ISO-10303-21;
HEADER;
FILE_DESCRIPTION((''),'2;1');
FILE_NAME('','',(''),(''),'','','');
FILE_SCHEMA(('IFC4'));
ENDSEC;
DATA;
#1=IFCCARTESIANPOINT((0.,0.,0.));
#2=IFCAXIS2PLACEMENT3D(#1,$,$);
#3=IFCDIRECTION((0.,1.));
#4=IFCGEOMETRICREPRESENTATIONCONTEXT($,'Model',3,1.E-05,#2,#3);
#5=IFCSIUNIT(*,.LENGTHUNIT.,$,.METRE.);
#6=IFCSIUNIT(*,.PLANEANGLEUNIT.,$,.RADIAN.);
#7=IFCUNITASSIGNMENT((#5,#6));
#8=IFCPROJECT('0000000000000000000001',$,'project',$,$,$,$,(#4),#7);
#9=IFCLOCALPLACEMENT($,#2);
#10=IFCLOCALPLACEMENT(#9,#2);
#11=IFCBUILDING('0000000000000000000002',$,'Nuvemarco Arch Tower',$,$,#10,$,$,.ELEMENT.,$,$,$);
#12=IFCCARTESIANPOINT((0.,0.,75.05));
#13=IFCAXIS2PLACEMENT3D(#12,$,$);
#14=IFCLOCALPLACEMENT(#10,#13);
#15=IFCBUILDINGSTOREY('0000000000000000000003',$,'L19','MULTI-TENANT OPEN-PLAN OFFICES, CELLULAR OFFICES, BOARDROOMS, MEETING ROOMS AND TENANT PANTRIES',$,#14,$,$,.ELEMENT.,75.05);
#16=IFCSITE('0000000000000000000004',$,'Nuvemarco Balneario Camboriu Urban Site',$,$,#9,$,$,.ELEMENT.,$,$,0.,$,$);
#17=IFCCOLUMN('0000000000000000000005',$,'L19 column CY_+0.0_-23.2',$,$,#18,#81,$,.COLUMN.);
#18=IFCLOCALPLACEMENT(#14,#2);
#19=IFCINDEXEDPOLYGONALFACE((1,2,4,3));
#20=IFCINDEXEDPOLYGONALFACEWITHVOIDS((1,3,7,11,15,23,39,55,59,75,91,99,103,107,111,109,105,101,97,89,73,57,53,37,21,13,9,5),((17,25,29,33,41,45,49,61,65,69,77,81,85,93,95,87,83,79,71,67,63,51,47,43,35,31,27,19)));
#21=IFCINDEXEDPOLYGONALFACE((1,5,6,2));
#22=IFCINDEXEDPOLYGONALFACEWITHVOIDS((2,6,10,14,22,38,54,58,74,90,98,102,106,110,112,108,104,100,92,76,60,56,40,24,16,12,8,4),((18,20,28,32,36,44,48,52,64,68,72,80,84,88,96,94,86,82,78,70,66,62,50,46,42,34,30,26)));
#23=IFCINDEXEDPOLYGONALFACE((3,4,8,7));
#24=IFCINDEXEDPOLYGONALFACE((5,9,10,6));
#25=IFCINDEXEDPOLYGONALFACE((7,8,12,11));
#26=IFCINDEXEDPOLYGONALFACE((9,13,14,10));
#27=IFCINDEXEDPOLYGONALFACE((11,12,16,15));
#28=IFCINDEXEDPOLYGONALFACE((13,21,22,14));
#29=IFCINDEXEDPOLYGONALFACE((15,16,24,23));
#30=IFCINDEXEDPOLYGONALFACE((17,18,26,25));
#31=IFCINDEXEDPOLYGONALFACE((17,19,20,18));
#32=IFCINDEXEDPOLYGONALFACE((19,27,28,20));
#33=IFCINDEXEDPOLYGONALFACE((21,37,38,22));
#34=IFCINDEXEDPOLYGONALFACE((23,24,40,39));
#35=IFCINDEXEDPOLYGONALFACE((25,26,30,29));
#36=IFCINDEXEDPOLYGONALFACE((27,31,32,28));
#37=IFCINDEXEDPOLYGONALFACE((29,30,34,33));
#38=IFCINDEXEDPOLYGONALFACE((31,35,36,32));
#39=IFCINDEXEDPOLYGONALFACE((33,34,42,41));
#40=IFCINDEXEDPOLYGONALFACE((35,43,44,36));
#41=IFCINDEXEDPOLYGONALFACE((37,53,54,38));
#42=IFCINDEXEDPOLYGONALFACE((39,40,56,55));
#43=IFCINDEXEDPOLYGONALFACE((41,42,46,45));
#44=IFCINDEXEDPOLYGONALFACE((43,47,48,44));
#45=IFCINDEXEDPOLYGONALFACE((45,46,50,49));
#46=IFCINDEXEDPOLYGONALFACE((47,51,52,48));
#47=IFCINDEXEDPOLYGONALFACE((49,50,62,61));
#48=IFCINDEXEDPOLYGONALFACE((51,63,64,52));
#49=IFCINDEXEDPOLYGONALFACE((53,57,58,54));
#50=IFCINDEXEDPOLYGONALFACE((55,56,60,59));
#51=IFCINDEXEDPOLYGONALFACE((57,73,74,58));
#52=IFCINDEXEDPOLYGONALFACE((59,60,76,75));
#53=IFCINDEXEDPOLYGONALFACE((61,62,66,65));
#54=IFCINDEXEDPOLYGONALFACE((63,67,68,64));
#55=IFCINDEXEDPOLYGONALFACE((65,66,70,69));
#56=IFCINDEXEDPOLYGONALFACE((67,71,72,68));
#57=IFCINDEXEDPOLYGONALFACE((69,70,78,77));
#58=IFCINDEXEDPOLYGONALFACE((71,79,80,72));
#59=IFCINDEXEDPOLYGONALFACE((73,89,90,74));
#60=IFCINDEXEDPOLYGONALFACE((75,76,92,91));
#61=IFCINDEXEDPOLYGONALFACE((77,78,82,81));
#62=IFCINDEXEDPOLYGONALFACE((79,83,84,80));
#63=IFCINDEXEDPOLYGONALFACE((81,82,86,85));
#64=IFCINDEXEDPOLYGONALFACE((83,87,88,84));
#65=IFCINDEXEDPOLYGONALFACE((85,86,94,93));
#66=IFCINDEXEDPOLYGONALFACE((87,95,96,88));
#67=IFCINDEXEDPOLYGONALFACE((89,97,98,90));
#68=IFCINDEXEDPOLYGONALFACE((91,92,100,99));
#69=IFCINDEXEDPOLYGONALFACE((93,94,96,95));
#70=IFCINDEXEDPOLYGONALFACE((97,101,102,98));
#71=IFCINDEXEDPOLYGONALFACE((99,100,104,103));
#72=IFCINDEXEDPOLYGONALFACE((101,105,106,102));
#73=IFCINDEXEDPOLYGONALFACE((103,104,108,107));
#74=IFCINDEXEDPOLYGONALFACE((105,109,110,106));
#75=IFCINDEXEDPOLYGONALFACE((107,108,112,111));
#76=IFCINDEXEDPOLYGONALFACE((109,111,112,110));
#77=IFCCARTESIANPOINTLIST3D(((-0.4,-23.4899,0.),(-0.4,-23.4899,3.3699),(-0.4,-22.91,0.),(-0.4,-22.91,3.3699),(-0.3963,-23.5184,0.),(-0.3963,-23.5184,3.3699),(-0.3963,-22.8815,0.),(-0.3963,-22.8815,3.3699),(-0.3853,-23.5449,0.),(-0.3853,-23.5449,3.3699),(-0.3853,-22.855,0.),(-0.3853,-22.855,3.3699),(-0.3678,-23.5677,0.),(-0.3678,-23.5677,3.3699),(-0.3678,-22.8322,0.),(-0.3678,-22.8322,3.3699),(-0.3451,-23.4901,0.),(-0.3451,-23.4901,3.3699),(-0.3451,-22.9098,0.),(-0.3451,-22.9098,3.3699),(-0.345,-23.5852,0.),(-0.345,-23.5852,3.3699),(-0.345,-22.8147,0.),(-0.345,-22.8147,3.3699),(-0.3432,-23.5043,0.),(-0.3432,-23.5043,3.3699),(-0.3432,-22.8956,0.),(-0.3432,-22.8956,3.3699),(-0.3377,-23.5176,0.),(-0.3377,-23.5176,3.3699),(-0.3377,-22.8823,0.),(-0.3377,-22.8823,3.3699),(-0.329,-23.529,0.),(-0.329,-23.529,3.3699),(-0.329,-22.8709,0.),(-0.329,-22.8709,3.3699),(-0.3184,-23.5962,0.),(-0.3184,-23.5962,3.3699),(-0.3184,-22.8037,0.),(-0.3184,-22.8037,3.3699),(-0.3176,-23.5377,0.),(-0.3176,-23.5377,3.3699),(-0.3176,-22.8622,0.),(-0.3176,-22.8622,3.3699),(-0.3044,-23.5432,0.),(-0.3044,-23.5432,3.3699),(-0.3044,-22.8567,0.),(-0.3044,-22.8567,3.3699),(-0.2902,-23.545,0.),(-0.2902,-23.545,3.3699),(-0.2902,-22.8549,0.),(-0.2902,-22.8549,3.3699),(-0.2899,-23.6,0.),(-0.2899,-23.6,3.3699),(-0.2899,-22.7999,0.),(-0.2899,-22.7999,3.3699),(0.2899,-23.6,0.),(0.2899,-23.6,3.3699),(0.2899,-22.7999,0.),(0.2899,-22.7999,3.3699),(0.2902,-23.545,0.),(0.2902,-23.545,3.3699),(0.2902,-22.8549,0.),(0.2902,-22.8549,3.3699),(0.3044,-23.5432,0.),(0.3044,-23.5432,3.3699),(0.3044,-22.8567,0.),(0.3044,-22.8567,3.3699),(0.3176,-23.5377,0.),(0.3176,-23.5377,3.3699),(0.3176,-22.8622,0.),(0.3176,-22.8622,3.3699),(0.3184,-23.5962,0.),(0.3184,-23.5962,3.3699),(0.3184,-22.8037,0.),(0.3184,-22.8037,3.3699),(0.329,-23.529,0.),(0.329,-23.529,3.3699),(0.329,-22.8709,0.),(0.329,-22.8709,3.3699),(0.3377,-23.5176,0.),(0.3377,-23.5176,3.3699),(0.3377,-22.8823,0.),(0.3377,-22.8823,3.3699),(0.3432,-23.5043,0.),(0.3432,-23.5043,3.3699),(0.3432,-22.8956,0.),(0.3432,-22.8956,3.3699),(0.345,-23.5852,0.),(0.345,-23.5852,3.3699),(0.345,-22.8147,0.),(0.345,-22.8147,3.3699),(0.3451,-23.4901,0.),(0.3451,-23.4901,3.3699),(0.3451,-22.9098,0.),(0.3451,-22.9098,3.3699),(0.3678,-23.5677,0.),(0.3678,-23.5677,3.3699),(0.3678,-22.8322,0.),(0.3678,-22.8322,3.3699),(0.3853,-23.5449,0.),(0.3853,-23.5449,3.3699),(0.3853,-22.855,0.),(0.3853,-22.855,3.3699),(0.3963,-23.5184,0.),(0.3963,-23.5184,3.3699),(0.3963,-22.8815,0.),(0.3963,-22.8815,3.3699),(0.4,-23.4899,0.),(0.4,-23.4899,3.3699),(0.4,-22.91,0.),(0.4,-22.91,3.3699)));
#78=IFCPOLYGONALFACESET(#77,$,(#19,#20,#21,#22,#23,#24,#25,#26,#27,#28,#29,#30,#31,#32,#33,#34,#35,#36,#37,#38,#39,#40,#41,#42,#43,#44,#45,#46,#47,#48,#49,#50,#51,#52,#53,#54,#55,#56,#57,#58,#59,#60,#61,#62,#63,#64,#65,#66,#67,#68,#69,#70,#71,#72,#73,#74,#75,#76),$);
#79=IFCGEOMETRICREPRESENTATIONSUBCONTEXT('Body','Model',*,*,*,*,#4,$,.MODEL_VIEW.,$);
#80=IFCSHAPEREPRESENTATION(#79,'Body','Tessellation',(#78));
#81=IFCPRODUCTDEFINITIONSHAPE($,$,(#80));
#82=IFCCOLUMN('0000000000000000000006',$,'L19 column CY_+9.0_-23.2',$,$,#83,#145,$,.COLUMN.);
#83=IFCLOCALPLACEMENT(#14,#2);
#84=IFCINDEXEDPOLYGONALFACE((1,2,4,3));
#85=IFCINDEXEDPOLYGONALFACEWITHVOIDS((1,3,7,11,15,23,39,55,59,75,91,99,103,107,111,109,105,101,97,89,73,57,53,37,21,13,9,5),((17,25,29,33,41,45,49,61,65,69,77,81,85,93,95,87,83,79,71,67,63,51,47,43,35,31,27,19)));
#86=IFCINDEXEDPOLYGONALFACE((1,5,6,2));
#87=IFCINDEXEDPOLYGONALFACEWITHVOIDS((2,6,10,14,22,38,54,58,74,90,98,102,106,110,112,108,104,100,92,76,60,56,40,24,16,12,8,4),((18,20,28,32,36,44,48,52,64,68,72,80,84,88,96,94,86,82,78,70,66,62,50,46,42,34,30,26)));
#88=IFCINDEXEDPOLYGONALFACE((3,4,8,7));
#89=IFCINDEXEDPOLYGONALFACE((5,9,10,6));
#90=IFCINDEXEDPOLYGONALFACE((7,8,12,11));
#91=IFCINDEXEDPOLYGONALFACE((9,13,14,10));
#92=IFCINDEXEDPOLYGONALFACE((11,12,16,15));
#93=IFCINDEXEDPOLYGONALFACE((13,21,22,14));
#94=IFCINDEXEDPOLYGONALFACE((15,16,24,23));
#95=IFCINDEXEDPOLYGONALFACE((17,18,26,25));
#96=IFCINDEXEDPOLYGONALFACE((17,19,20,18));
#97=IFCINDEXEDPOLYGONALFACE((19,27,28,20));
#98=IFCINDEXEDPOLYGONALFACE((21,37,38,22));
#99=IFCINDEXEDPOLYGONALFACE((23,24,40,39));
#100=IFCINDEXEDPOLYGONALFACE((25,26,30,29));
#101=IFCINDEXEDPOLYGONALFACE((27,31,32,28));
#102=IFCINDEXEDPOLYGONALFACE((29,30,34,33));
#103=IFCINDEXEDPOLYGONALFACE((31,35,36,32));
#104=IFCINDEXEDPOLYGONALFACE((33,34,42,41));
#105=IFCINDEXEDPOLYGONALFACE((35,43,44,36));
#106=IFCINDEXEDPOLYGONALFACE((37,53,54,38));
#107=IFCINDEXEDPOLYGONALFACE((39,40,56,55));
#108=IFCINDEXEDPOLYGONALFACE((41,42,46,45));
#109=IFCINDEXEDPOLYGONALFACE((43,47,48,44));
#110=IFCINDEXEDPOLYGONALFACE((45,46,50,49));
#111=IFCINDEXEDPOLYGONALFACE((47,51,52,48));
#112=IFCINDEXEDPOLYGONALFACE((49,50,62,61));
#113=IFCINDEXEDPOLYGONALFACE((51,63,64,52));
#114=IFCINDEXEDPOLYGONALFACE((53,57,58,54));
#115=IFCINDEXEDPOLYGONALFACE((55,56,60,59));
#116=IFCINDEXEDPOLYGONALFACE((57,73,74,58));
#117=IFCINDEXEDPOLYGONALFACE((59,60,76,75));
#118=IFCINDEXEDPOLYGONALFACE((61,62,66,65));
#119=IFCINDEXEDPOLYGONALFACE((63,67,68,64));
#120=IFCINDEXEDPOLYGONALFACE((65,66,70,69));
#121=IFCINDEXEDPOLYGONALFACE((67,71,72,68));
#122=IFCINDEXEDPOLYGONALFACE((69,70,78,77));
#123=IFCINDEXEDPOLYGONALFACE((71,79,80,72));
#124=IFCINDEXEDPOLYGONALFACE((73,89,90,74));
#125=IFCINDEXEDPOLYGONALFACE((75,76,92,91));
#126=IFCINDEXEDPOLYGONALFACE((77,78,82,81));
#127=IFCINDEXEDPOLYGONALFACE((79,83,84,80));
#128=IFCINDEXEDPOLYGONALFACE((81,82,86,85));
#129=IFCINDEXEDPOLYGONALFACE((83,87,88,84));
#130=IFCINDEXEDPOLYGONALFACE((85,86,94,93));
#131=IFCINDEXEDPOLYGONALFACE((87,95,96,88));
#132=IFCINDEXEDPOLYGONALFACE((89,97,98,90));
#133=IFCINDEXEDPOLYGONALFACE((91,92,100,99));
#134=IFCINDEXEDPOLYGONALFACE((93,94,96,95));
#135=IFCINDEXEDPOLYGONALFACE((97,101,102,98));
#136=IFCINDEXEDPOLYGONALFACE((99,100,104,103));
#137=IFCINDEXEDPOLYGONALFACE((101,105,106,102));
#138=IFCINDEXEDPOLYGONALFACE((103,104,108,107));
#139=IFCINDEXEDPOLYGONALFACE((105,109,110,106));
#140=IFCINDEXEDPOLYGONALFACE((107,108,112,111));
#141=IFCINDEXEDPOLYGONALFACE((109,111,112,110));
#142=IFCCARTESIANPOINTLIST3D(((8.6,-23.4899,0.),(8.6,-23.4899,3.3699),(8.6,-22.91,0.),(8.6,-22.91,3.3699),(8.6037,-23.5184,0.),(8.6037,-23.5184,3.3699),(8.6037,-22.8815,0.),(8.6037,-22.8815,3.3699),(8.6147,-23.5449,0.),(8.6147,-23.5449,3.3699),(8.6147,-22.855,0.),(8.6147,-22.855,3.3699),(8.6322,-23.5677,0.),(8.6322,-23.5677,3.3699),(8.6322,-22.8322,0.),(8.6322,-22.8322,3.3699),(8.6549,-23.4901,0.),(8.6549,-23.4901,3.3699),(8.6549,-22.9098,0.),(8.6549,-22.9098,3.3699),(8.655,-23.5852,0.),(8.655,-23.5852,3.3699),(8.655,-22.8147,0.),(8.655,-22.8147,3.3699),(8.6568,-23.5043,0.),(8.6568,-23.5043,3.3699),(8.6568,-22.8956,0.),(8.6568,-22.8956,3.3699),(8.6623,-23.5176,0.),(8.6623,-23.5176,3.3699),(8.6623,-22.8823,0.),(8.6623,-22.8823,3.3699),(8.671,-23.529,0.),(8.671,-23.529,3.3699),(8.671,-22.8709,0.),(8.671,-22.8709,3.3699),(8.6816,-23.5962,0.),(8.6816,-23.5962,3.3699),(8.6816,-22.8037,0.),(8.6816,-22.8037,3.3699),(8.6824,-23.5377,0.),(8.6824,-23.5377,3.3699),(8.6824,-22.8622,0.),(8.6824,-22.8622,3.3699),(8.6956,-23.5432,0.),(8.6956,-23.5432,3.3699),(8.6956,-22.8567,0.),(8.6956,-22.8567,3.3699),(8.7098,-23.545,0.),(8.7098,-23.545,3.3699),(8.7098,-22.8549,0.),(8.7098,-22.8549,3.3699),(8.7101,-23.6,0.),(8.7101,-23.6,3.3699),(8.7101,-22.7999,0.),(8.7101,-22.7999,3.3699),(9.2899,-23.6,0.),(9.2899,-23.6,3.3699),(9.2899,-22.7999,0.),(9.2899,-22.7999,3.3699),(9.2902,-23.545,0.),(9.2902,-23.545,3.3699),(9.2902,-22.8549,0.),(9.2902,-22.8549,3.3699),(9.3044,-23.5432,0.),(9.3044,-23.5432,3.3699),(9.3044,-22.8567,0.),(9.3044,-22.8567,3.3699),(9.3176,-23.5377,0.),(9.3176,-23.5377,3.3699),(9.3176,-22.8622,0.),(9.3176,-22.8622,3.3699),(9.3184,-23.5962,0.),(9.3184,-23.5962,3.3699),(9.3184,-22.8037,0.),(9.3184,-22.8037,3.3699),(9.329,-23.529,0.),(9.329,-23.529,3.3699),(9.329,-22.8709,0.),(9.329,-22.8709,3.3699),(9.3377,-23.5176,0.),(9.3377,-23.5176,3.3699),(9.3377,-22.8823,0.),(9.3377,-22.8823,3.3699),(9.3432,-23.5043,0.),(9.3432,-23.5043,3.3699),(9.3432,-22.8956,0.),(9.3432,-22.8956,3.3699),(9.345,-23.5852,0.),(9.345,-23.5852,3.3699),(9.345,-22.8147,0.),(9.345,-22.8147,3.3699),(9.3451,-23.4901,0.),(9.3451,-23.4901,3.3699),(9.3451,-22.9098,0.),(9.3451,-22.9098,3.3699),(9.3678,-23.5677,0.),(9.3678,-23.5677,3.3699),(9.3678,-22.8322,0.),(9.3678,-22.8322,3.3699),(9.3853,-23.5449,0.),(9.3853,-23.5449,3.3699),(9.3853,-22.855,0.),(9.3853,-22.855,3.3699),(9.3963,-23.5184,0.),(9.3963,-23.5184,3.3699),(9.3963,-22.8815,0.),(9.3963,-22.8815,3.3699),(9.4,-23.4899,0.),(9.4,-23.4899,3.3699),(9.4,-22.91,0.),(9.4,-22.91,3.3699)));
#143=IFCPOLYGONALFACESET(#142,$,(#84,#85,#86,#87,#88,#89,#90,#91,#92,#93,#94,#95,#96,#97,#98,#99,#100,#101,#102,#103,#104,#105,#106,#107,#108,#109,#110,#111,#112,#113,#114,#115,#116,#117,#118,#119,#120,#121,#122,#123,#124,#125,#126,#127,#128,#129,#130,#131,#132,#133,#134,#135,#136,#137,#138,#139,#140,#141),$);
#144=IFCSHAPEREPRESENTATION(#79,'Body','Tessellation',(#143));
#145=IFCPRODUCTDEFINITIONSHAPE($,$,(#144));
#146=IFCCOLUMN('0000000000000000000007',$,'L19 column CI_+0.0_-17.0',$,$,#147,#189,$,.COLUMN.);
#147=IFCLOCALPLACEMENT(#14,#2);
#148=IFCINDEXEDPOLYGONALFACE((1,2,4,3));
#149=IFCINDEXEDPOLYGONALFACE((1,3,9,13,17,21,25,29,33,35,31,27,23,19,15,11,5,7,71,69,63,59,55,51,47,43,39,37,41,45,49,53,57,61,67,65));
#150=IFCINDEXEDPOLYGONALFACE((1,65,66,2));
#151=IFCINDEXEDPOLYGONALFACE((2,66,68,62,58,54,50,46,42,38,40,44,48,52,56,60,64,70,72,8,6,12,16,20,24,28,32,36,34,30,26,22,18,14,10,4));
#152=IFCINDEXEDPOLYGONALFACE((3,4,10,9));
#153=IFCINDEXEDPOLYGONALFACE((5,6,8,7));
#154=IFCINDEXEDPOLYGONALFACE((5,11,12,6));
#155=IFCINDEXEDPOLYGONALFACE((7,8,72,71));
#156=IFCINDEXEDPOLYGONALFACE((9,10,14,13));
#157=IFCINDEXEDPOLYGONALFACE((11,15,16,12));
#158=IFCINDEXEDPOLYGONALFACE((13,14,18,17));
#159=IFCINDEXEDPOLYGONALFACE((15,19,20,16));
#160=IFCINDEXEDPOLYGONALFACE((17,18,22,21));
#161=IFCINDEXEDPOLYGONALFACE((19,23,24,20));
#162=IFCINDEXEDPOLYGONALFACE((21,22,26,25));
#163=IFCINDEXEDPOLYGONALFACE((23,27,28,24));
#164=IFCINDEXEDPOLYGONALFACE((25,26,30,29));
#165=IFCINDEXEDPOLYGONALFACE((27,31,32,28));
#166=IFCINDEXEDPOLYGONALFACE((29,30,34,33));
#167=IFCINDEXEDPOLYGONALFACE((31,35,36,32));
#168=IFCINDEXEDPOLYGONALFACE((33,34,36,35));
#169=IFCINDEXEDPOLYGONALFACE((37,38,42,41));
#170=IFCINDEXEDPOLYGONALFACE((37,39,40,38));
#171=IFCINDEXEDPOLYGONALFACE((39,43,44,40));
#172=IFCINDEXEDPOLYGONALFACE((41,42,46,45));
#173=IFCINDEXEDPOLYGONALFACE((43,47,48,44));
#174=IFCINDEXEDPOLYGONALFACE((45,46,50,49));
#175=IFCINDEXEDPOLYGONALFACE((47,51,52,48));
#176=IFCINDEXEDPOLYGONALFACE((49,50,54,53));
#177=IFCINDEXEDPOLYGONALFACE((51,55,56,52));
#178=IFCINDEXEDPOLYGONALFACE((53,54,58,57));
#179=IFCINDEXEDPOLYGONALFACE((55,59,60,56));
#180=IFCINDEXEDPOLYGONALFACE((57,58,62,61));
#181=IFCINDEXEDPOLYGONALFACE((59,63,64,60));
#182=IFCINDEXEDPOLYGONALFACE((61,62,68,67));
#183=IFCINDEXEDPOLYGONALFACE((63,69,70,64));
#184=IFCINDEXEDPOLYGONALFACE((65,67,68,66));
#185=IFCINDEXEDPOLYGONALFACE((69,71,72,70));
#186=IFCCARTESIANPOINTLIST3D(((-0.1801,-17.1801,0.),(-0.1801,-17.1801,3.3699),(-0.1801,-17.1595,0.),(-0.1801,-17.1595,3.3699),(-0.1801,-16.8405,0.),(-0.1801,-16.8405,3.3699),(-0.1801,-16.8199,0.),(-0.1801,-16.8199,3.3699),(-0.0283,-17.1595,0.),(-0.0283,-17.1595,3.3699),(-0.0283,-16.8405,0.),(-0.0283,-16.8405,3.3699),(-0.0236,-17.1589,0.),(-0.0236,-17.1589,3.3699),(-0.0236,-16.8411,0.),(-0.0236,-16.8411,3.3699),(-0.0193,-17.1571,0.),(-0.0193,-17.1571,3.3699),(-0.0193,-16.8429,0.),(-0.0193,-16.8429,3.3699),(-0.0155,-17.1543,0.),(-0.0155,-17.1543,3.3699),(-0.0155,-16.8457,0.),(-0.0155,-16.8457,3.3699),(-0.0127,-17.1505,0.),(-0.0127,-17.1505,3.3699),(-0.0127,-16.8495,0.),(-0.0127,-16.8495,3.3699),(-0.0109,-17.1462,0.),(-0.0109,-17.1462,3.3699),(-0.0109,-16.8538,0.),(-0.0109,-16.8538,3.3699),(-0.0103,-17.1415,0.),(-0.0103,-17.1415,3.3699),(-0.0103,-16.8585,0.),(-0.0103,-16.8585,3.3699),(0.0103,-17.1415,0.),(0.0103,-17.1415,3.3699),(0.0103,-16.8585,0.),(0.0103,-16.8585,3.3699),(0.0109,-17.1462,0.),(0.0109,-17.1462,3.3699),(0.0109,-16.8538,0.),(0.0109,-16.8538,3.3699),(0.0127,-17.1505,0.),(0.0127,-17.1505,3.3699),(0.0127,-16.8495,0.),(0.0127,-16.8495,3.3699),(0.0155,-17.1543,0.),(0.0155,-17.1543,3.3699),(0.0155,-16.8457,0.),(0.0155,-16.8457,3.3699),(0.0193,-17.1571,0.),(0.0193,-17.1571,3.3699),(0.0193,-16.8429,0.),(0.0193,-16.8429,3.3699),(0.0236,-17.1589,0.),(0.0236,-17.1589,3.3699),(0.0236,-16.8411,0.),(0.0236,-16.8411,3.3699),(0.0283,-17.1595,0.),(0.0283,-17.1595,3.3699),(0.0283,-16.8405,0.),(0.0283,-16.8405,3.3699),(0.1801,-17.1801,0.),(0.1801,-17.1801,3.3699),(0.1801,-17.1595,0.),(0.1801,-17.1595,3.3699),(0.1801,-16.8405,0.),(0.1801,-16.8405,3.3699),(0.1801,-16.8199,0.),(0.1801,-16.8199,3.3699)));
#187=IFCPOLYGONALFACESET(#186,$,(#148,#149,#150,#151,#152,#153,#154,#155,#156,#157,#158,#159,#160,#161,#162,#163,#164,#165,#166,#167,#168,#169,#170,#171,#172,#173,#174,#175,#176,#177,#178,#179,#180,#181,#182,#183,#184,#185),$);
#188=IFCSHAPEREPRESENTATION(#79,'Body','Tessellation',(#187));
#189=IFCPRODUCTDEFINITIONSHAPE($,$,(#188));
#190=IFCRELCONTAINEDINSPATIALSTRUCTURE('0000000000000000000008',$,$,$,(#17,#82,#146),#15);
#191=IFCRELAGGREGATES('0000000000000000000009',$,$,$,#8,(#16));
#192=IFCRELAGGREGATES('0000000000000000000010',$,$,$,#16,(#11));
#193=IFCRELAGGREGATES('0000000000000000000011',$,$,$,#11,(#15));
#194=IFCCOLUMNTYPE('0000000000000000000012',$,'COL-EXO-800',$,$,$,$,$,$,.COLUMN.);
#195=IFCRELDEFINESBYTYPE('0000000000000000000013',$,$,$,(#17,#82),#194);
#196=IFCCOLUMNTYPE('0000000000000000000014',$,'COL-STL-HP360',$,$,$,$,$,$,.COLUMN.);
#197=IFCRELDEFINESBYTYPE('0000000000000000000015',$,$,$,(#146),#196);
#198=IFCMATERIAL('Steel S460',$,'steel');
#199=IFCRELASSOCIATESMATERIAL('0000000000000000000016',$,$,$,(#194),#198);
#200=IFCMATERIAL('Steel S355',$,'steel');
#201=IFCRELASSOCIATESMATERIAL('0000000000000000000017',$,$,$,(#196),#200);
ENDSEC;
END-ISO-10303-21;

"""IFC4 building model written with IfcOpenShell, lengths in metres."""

from ifc_helpers import new_model, si_unit, direction, frame, origin, origin_2d, place, context, subcontext, project, spatial, hollow_rectangle, i_section, extrude, material, material_profile, profile_set, type_object, element, save


model = new_model("IFC4")

# Units and contexts
model_context = context("Model", 3, precision=1e-05, world=origin(), true_north=direction((0.0, 1.0)))
body_context = subcontext(model_context, "Body", "Model", "MODEL_VIEW")
ifc_project = project(units=[si_unit("LENGTHUNIT", "METRE"), si_unit("PLANEANGLEUNIT", "RADIAN")], contexts=[model_context])

# Site, building, storey
site_placement = place(None, origin())
site = spatial("IfcSite", under=ifc_project, at=site_placement, Name="Nuvemarco Balneario Camboriu Urban Site", CompositionType="ELEMENT", RefElevation=0.0)
building_placement = place(site_placement, origin())
building = spatial("IfcBuilding", under=site, at=building_placement, Name="Nuvemarco Arch Tower", CompositionType="ELEMENT")
storey_placement = place(building_placement, frame((0.0, 0.0, 75.05)))
storey = spatial("IfcBuildingStorey", under=building, at=storey_placement, Name="L19", Description="MULTI-TENANT OPEN-PLAN OFFICES, CELLULAR OFFICES, BOARDROOMS, MEETING ROOMS AND TENANT PANTRIES", CompositionType="ELEMENT", Elevation=75.05)

# Columns
ifc_material_1 = material(Name="Steel S460", Category="steel")
ifc_material_profile_1 = material_profile(ifc_material_1, hollow_rectangle(XDim=0.8, YDim=0.8, WallThickness=0.0549, InnerFilletRadius=0.0549, OuterFilletRadius=0.1101, at=origin_2d()), Name="SHS800x800x55")
ifc_profile_set_1 = profile_set([ifc_material_profile_1], Name="Steel S460")
column_type_1 = type_object("IfcColumnType", Name="COL-EXO-800", PredefinedType="COLUMN", material=ifc_profile_set_1)
for number, where, z_axis, x_axis, name in (
    (1, (0.0, -23.2, 0.0), (0.0, 0.0, 1.0), (1.0, 0.0, 0.0), "L19 column CY_+0.0_-23.2"),
    (2, (9.0, -23.2, 0.0), (0.0, 0.0, 1.0), (1.0, 0.0, 0.0), "L19 column CY_+9.0_-23.2"),
):
    element("IfcColumn", number, at=place(storey_placement, frame(where, z_axis=z_axis, x_axis=x_axis)), inside=storey, type_object=column_type_1, Name=name, PredefinedType="COLUMN", context=body_context, shape_type="SweptSolid", body=[
        extrude(hollow_rectangle(XDim=0.8, YDim=0.8, WallThickness=0.0549, InnerFilletRadius=0.0549, OuterFilletRadius=0.1101, at=origin_2d()), origin(), (0.0, 0.0, 1.0), 3.3699),
    ])
ifc_material_2 = material(Name="Steel S355", Category="steel")
ifc_material_profile_2 = material_profile(ifc_material_2, i_section(OverallWidth=0.3601, OverallDepth=0.3601, WebThickness=0.0205, FlangeThickness=0.0205, FilletRadius=0.0181, at=origin_2d()), Name="HP360x174")
ifc_profile_set_2 = profile_set([ifc_material_profile_2], Name="Steel S355")
column_type_2 = type_object("IfcColumnType", Name="COL-STL-HP360", PredefinedType="COLUMN", material=ifc_profile_set_2)
for number, where, z_axis, x_axis, name in (
    (3, (0.0, -17.0, 0.0), (0.0, 0.0, 1.0), (1.0, 0.0, 0.0), "L19 column CI_+0.0_-17.0"),
):
    element("IfcColumn", number, at=place(storey_placement, frame(where, z_axis=z_axis, x_axis=x_axis)), inside=storey, type_object=column_type_2, Name=name, PredefinedType="COLUMN", context=body_context, shape_type="SweptSolid", body=[
        extrude(i_section(OverallWidth=0.3601, OverallDepth=0.3601, WebThickness=0.0205, FlangeThickness=0.0205, FilletRadius=0.0181, at=origin_2d()), origin(), (0.0, 0.0, 1.0), 3.3699),
    ])

save(model, "model.ifc")
